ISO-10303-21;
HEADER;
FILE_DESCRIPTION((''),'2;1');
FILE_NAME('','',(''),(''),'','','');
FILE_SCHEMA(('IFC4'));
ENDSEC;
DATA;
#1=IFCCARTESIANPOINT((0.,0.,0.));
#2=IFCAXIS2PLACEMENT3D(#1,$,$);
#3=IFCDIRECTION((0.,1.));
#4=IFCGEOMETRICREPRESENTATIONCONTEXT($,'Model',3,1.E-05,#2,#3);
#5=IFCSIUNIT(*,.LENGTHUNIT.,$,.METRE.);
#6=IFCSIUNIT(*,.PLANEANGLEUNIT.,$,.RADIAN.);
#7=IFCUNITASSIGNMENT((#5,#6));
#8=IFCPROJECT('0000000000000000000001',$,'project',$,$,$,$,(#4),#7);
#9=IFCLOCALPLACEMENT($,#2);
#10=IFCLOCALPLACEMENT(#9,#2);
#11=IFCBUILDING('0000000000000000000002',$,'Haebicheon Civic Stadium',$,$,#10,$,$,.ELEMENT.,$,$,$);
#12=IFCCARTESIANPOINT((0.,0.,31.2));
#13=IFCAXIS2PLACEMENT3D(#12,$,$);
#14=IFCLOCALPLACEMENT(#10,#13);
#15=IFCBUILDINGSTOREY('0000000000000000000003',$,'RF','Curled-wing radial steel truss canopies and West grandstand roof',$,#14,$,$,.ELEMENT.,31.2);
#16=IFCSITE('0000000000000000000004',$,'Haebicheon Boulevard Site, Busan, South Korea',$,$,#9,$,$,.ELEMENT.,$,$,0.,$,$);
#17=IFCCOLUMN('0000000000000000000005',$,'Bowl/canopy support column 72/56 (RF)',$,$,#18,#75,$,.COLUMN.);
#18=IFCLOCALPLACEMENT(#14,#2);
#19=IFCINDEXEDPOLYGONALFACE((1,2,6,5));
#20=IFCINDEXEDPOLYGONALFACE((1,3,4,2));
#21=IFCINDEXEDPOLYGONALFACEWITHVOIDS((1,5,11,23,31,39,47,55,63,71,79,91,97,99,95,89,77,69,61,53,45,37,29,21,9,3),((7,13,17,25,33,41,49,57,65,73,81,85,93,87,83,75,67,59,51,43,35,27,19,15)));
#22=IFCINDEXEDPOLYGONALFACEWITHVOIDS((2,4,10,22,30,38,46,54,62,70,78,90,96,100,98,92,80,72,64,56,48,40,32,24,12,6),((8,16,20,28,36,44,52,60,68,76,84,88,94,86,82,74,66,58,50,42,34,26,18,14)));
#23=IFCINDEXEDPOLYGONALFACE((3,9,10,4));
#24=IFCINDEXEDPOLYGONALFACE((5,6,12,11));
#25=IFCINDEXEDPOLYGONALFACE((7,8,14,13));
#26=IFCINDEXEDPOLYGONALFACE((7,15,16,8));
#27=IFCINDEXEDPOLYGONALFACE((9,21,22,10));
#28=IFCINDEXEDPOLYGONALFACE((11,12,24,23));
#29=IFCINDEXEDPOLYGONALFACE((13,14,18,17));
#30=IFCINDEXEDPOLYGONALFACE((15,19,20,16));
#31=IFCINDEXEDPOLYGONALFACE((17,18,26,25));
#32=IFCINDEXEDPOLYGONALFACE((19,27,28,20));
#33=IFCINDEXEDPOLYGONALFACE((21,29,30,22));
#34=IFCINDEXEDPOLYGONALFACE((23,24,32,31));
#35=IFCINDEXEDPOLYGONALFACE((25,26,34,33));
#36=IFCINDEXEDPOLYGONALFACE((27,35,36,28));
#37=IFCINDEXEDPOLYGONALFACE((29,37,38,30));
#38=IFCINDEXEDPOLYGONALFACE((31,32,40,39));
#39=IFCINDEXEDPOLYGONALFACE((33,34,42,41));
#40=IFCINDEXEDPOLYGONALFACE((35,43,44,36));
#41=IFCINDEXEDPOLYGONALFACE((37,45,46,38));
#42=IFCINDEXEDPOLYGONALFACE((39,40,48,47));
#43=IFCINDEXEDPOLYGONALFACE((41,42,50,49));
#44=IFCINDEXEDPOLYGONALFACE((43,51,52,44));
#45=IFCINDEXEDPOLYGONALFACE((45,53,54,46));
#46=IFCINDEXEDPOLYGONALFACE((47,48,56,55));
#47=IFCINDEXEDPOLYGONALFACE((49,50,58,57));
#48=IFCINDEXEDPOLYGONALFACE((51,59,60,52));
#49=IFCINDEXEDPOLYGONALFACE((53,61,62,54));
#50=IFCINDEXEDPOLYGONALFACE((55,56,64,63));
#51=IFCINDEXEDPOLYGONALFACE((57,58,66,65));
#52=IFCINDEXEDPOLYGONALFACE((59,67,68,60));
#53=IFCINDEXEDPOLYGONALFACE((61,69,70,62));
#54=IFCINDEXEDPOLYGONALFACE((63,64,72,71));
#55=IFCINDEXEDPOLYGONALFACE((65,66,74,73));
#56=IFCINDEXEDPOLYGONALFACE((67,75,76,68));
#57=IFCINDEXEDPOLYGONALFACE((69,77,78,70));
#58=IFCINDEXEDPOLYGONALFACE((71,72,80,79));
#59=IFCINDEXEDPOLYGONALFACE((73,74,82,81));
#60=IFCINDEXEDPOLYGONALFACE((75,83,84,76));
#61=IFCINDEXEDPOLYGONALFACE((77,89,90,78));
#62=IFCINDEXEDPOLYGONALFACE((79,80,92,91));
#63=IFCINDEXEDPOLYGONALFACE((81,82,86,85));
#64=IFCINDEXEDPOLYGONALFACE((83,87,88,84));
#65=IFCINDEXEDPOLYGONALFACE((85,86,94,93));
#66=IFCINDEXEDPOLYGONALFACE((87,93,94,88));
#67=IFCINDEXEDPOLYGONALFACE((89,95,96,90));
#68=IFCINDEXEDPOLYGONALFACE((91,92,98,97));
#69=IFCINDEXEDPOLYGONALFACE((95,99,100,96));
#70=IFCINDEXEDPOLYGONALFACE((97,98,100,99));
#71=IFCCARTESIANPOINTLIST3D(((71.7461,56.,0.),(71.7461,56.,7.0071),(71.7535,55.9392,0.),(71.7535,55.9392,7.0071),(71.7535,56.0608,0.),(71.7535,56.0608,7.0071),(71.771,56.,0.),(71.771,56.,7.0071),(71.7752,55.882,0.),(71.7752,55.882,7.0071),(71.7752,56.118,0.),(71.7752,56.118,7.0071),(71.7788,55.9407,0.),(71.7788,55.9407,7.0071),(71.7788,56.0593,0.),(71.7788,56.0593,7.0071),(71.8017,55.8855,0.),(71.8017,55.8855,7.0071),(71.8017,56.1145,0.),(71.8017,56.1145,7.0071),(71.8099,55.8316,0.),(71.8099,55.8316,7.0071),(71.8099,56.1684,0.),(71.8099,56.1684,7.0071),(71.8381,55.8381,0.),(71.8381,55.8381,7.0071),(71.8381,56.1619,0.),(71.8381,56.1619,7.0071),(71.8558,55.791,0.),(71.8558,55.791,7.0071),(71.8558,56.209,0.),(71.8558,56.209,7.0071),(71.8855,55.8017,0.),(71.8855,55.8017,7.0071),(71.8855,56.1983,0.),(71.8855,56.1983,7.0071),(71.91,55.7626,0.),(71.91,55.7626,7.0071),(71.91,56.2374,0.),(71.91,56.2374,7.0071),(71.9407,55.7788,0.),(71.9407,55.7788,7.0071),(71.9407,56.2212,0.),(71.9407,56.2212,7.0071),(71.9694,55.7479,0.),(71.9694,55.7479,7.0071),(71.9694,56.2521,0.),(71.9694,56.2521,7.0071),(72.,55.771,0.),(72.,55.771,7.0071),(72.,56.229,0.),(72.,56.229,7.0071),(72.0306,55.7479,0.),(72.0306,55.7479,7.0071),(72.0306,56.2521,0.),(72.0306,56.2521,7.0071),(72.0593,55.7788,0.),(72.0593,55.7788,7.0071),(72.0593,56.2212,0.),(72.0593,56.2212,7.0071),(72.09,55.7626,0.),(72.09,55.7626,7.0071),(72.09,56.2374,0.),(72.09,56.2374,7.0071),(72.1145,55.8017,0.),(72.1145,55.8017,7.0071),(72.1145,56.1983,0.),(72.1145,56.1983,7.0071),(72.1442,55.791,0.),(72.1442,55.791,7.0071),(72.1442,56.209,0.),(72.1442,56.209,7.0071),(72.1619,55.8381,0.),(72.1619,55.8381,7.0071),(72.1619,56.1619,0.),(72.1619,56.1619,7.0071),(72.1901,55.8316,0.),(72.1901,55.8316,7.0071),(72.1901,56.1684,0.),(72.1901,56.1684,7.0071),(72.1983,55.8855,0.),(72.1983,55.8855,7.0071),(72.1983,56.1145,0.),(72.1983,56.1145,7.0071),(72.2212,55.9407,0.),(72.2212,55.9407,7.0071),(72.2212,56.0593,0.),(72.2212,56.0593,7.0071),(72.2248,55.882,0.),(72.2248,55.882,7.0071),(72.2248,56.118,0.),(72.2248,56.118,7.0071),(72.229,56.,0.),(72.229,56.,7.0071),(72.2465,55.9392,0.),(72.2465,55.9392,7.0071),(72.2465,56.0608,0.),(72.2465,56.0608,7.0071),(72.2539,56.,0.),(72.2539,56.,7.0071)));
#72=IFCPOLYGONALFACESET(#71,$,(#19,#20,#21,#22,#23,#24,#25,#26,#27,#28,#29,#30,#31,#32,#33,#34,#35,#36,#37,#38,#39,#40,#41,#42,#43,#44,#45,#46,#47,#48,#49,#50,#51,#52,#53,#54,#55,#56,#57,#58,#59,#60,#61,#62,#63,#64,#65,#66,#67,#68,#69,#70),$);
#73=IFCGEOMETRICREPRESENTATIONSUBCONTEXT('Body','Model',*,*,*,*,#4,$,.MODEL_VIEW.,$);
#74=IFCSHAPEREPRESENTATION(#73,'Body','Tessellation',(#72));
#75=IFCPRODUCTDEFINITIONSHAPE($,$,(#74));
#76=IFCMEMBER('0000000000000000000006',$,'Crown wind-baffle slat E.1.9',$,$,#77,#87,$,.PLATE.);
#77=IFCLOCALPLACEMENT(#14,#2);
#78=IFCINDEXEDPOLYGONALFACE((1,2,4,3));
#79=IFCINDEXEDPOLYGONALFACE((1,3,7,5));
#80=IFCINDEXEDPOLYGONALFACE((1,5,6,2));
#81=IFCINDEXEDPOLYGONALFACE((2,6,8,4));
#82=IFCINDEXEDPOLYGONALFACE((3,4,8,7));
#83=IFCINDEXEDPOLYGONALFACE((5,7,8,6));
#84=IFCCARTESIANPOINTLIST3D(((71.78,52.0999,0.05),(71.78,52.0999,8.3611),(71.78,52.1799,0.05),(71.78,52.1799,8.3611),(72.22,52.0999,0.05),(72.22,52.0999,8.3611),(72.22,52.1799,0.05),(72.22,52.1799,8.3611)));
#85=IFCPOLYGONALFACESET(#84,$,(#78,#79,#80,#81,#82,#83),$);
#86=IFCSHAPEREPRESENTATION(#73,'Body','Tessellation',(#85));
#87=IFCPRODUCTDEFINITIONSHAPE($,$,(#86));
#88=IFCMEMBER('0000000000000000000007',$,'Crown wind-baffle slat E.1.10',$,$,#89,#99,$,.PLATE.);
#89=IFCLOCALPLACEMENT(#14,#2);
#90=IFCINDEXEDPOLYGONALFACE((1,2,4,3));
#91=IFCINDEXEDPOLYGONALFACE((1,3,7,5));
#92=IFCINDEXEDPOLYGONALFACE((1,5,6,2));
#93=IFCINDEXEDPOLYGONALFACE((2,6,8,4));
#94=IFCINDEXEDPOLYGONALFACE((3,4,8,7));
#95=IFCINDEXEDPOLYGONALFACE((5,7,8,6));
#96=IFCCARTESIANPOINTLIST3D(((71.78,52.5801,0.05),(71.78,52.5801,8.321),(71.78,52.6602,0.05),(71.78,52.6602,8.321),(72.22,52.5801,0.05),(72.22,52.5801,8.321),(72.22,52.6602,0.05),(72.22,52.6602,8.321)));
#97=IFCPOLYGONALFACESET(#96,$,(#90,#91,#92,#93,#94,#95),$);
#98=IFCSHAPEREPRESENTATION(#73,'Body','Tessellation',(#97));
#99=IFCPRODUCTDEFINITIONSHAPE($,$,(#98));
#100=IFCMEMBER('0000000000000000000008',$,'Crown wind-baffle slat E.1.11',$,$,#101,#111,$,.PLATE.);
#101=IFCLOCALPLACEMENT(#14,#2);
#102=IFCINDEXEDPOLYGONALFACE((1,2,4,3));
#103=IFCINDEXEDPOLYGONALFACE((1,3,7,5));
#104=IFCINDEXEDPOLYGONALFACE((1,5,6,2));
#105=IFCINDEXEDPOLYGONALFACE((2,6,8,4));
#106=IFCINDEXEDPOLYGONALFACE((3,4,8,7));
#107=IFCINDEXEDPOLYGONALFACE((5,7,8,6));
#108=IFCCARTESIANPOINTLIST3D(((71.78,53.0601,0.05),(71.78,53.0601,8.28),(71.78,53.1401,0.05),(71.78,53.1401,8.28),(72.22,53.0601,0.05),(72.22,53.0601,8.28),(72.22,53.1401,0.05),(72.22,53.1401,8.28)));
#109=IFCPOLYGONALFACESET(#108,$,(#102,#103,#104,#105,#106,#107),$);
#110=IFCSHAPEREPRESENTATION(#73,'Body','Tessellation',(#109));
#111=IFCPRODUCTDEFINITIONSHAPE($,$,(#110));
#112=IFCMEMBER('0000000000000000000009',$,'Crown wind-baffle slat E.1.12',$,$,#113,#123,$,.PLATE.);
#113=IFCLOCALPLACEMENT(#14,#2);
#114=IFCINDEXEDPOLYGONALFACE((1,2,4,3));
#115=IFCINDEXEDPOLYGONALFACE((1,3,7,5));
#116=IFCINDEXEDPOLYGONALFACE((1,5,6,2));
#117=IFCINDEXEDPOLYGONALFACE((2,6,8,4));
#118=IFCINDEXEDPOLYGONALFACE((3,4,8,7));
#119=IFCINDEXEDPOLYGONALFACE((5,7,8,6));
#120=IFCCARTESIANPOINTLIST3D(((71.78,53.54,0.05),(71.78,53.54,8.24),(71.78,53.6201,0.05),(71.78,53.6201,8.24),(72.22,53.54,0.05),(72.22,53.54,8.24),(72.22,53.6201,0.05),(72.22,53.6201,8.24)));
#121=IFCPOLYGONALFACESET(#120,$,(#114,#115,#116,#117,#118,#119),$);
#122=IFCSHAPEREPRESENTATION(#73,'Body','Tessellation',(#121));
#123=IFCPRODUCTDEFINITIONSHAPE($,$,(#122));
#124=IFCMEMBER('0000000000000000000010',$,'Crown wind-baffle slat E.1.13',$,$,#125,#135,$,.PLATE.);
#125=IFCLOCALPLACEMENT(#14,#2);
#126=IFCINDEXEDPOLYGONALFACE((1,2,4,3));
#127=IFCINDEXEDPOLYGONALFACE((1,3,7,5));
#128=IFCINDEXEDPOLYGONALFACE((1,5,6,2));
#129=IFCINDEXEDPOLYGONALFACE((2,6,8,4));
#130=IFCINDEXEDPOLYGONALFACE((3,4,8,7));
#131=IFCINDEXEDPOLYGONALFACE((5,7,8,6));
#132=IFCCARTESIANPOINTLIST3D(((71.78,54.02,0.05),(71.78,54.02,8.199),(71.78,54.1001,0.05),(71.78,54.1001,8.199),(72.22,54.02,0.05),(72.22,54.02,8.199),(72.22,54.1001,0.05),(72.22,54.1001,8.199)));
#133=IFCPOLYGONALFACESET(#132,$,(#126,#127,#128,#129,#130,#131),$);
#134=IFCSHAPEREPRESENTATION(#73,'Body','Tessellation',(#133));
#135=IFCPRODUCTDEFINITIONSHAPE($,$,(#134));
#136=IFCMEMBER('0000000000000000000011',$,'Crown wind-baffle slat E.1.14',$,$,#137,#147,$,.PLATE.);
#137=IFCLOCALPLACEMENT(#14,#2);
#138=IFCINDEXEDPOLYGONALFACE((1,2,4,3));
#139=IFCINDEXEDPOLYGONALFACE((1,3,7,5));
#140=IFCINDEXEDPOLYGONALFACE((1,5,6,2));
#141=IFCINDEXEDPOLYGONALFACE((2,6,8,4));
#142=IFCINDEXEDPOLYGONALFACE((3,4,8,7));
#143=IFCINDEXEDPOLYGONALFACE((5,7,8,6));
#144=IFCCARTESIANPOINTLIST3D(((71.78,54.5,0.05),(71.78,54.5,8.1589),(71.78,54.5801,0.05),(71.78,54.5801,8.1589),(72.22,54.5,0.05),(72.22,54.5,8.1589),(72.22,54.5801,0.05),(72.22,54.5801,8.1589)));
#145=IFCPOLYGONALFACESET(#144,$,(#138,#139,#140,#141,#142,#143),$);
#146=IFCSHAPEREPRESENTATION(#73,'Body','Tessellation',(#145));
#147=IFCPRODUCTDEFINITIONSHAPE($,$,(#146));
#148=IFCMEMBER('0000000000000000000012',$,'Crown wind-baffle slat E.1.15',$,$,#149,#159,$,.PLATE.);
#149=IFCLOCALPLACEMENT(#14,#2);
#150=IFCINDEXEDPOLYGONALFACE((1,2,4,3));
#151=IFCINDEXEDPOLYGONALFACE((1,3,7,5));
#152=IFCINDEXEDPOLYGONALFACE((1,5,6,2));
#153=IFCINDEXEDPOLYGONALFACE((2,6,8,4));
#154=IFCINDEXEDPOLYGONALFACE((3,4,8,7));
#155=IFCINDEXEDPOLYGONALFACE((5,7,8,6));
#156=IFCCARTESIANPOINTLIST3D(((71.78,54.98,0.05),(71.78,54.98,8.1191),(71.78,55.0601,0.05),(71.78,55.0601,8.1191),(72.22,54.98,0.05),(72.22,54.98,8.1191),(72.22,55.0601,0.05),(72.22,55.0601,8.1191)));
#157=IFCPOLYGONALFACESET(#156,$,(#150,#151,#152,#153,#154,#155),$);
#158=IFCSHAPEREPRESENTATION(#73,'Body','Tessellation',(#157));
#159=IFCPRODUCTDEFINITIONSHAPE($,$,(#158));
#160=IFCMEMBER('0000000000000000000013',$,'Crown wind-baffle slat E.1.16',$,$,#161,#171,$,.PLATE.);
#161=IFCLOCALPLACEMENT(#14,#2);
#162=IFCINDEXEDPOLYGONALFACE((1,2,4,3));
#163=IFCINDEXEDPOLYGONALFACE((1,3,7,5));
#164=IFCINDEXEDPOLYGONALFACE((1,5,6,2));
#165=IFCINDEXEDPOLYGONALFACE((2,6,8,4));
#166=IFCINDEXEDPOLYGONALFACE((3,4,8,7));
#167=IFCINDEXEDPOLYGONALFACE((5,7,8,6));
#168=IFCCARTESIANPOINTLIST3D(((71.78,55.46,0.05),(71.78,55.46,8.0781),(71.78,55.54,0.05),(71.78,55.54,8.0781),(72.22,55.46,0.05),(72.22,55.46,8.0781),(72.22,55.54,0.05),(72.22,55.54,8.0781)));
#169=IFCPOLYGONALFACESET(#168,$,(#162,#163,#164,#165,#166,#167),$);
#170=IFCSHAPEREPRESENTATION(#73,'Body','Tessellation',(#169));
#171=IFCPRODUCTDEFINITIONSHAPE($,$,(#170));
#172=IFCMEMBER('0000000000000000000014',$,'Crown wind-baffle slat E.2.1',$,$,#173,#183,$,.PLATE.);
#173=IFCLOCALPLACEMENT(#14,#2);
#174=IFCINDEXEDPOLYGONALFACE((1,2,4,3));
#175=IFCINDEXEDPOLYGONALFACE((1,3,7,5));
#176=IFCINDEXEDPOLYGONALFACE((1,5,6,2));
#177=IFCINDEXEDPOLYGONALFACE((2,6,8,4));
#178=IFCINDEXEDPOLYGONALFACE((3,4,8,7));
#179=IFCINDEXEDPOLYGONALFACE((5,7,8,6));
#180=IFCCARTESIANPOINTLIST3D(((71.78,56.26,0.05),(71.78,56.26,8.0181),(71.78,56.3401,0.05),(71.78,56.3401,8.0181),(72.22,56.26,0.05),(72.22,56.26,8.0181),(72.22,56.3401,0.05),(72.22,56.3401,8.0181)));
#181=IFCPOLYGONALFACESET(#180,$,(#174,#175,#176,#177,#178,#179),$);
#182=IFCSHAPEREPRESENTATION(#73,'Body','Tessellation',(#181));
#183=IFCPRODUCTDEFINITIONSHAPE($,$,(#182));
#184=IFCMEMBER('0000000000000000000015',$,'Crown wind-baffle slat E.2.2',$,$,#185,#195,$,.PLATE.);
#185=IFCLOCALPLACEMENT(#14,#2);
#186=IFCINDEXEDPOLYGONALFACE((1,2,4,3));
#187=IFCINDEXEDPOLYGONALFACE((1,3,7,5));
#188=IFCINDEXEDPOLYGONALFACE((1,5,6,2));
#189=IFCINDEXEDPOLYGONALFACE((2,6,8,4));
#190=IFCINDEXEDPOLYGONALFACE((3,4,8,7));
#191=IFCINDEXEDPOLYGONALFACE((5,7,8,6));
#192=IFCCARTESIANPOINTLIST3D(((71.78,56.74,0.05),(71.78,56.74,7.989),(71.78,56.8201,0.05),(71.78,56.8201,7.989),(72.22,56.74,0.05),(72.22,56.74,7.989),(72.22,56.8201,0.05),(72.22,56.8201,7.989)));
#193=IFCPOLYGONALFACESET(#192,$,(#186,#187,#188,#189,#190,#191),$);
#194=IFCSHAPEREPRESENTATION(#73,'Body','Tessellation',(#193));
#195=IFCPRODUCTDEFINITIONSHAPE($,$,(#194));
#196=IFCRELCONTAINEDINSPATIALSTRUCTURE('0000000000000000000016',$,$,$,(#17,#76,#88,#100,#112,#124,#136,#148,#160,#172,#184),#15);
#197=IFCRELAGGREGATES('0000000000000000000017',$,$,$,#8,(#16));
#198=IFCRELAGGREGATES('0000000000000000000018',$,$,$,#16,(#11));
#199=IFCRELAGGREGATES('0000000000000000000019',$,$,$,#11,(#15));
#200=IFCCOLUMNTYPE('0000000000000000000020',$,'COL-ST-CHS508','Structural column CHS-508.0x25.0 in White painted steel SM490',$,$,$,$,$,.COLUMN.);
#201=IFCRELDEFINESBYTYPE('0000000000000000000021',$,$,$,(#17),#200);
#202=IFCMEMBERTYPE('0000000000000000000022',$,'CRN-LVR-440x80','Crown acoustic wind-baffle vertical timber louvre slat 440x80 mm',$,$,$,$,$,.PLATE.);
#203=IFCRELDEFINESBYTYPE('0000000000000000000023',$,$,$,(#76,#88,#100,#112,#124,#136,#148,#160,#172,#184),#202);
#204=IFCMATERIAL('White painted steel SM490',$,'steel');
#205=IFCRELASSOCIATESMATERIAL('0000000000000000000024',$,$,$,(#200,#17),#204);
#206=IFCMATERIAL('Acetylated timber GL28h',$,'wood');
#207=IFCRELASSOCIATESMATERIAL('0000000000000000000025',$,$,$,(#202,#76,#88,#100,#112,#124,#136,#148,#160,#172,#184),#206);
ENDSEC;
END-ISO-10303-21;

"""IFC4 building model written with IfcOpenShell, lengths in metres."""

from ifc_helpers import new_model, si_unit, direction, frame, origin, origin_2d, place, context, subcontext, project, spatial, rectangle, hollow_circle, extrude, material, material_profile, profile_set, type_object, element, save


model = new_model("IFC4")

# Units and contexts
model_context = context("Model", 3, precision=1e-05, world=origin(), true_north=direction((0.0, 1.0)))
body_context = subcontext(model_context, "Body", "Model", "MODEL_VIEW")
ifc_project = project(units=[si_unit("LENGTHUNIT", "METRE"), si_unit("PLANEANGLEUNIT", "RADIAN")], contexts=[model_context])

# Site, building, storey
site_placement = place(None, origin())
site = spatial("IfcSite", under=ifc_project, at=site_placement, Name="Haebicheon Boulevard Site, Busan, South Korea", CompositionType="ELEMENT", RefElevation=0.0)
building_placement = place(site_placement, origin())
building = spatial("IfcBuilding", under=site, at=building_placement, Name="Haebicheon Civic Stadium", CompositionType="ELEMENT")
storey_placement = place(building_placement, frame((0.0, 0.0, 31.2)))
storey = spatial("IfcBuildingStorey", under=building, at=storey_placement, Name="RF", Description="Curled-wing radial steel truss canopies and West grandstand roof", CompositionType="ELEMENT", Elevation=31.2)

# Column
ifc_material_1 = material(Name="White painted steel SM490", Category="steel")
ifc_material_profile_1 = material_profile(ifc_material_1, hollow_circle(Radius=0.2539, WallThickness=0.0249, at=origin_2d()), Name="CHS-508.0x25.0")
ifc_profile_set_1 = profile_set([ifc_material_profile_1], Name="White painted steel SM490")
column_type = type_object("IfcColumnType", Name="COL-ST-CHS508", Description="Structural column CHS-508.0x25.0 in White painted steel SM490", PredefinedType="COLUMN", material=ifc_profile_set_1)
column_placement = place(storey_placement, frame((72.0, 56.0, 0.0), z_axis=(0.0, 0.0, 1.0), x_axis=(1.0, 0.0, 0.0)))
element("IfcColumn", 1, at=column_placement, inside=storey, type_object=column_type, material=ifc_profile_set_1, Name="Bowl/canopy support column 72/56 (RF)", PredefinedType="COLUMN", context=body_context, shape_type="SweptSolid", body=[
    extrude(hollow_circle(Radius=0.2539, WallThickness=0.0249, at=origin_2d()), origin(), (0.0, 0.0, 1.0), 7.0071),
])

# Members
ifc_material_2 = material(Name="Acetylated timber GL28h", Category="wood")
ifc_material_profile_2 = material_profile(ifc_material_2, rectangle(XDim=0.0801, YDim=0.4399, at=origin_2d()), Name="TMB-LOUV-80x440")
ifc_profile_set_2 = profile_set([ifc_material_profile_2], Name="Acetylated timber GL28h")
member_type_1 = type_object("IfcMemberType", Name="CRN-LVR-440x80", Description="Crown acoustic wind-baffle vertical timber louvre slat 440x80 mm", PredefinedType="PLATE", material=ifc_profile_set_2)
member_1_placement = place(storey_placement, frame((72.0, 52.1399, 0.05), z_axis=(0.0, 0.0, 1.0), x_axis=(0.0, 1.0, 0.0)))
element("IfcMember", 2, at=member_1_placement, inside=storey, type_object=member_type_1, material=ifc_profile_set_2, Name="Crown wind-baffle slat E.1.9", PredefinedType="PLATE", context=body_context, shape_type="SweptSolid", body=[
    extrude(rectangle(XDim=0.0801, YDim=0.4399, at=origin_2d()), origin(), (0.0, 0.0, 1.0), 8.311),
])
member_2_placement = place(storey_placement, frame((72.0, 52.6201, 0.05), z_axis=(0.0, 0.0, 1.0), x_axis=(0.0, 1.0, 0.0)))
element("IfcMember", 3, at=member_2_placement, inside=storey, type_object=member_type_1, material=ifc_profile_set_2, Name="Crown wind-baffle slat E.1.10", PredefinedType="PLATE", context=body_context, shape_type="SweptSolid", body=[
    extrude(rectangle(XDim=0.0801, YDim=0.4399, at=origin_2d()), origin(), (0.0, 0.0, 1.0), 8.271),
])
member_3_placement = place(storey_placement, frame((72.0, 53.1001, 0.05), z_axis=(0.0, 0.0, 1.0), x_axis=(0.0, 1.0, 0.0)))
element("IfcMember", 4, at=member_3_placement, inside=storey, type_object=member_type_1, material=ifc_profile_set_2, Name="Crown wind-baffle slat E.1.11", PredefinedType="PLATE", context=body_context, shape_type="SweptSolid", body=[
    extrude(rectangle(XDim=0.0801, YDim=0.4399, at=origin_2d()), origin(), (0.0, 0.0, 1.0), 8.23),
])
member_4_placement = place(storey_placement, frame((72.0, 53.5801, 0.05), z_axis=(0.0, 0.0, 1.0), x_axis=(0.0, 1.0, 0.0)))
element("IfcMember", 5, at=member_4_placement, inside=storey, type_object=member_type_1, material=ifc_profile_set_2, Name="Crown wind-baffle slat E.1.12", PredefinedType="PLATE", context=body_context, shape_type="SweptSolid", body=[
    extrude(rectangle(XDim=0.0801, YDim=0.4399, at=origin_2d()), origin(), (0.0, 0.0, 1.0), 8.1899),
])
member_5_placement = place(storey_placement, frame((72.0, 54.0601, 0.05), z_axis=(0.0, 0.0, 1.0), x_axis=(0.0, 1.0, 0.0)))
element("IfcMember", 6, at=member_5_placement, inside=storey, type_object=member_type_1, material=ifc_profile_set_2, Name="Crown wind-baffle slat E.1.13", PredefinedType="PLATE", context=body_context, shape_type="SweptSolid", body=[
    extrude(rectangle(XDim=0.0801, YDim=0.4399, at=origin_2d()), origin(), (0.0, 0.0, 1.0), 8.1489),
])
member_6_placement = place(storey_placement, frame((72.0, 54.54, 0.05), z_axis=(0.0, 0.0, 1.0), x_axis=(0.0, 1.0, 0.0)))
element("IfcMember", 7, at=member_6_placement, inside=storey, type_object=member_type_1, material=ifc_profile_set_2, Name="Crown wind-baffle slat E.1.14", PredefinedType="PLATE", context=body_context, shape_type="SweptSolid", body=[
    extrude(rectangle(XDim=0.0801, YDim=0.4399, at=origin_2d()), origin(), (0.0, 0.0, 1.0), 8.1089),
])
member_7_placement = place(storey_placement, frame((72.0, 55.02, 0.05), z_axis=(0.0, 0.0, 1.0), x_axis=(0.0, 1.0, 0.0)))
element("IfcMember", 8, at=member_7_placement, inside=storey, type_object=member_type_1, material=ifc_profile_set_2, Name="Crown wind-baffle slat E.1.15", PredefinedType="PLATE", context=body_context, shape_type="SweptSolid", body=[
    extrude(rectangle(XDim=0.0801, YDim=0.4399, at=origin_2d()), origin(), (0.0, 0.0, 1.0), 8.0691),
])
member_8_placement = place(storey_placement, frame((72.0, 55.5, 0.05), z_axis=(0.0, 0.0, 1.0), x_axis=(0.0, 1.0, 0.0)))
element("IfcMember", 9, at=member_8_placement, inside=storey, type_object=member_type_1, material=ifc_profile_set_2, Name="Crown wind-baffle slat E.1.16", PredefinedType="PLATE", context=body_context, shape_type="SweptSolid", body=[
    extrude(rectangle(XDim=0.0801, YDim=0.4399, at=origin_2d()), origin(), (0.0, 0.0, 1.0), 8.0281),
])
member_9_placement = place(storey_placement, frame((72.0, 56.3, 0.05), z_axis=(0.0, 0.0, 1.0), x_axis=(0.0, 1.0, 0.0)))
element("IfcMember", 10, at=member_9_placement, inside=storey, type_object=member_type_1, material=ifc_profile_set_2, Name="Crown wind-baffle slat E.2.1", PredefinedType="PLATE", context=body_context, shape_type="SweptSolid", body=[
    extrude(rectangle(XDim=0.0801, YDim=0.4399, at=origin_2d()), origin(), (0.0, 0.0, 1.0), 7.968),
])
member_10_placement = place(storey_placement, frame((72.0, 56.78, 0.05), z_axis=(0.0, 0.0, 1.0), x_axis=(0.0, 1.0, 0.0)))
element("IfcMember", 11, at=member_10_placement, inside=storey, type_object=member_type_1, material=ifc_profile_set_2, Name="Crown wind-baffle slat E.2.2", PredefinedType="PLATE", context=body_context, shape_type="SweptSolid", body=[
    extrude(rectangle(XDim=0.0801, YDim=0.4399, at=origin_2d()), origin(), (0.0, 0.0, 1.0), 7.939),
])

save(model, "model.ifc")
